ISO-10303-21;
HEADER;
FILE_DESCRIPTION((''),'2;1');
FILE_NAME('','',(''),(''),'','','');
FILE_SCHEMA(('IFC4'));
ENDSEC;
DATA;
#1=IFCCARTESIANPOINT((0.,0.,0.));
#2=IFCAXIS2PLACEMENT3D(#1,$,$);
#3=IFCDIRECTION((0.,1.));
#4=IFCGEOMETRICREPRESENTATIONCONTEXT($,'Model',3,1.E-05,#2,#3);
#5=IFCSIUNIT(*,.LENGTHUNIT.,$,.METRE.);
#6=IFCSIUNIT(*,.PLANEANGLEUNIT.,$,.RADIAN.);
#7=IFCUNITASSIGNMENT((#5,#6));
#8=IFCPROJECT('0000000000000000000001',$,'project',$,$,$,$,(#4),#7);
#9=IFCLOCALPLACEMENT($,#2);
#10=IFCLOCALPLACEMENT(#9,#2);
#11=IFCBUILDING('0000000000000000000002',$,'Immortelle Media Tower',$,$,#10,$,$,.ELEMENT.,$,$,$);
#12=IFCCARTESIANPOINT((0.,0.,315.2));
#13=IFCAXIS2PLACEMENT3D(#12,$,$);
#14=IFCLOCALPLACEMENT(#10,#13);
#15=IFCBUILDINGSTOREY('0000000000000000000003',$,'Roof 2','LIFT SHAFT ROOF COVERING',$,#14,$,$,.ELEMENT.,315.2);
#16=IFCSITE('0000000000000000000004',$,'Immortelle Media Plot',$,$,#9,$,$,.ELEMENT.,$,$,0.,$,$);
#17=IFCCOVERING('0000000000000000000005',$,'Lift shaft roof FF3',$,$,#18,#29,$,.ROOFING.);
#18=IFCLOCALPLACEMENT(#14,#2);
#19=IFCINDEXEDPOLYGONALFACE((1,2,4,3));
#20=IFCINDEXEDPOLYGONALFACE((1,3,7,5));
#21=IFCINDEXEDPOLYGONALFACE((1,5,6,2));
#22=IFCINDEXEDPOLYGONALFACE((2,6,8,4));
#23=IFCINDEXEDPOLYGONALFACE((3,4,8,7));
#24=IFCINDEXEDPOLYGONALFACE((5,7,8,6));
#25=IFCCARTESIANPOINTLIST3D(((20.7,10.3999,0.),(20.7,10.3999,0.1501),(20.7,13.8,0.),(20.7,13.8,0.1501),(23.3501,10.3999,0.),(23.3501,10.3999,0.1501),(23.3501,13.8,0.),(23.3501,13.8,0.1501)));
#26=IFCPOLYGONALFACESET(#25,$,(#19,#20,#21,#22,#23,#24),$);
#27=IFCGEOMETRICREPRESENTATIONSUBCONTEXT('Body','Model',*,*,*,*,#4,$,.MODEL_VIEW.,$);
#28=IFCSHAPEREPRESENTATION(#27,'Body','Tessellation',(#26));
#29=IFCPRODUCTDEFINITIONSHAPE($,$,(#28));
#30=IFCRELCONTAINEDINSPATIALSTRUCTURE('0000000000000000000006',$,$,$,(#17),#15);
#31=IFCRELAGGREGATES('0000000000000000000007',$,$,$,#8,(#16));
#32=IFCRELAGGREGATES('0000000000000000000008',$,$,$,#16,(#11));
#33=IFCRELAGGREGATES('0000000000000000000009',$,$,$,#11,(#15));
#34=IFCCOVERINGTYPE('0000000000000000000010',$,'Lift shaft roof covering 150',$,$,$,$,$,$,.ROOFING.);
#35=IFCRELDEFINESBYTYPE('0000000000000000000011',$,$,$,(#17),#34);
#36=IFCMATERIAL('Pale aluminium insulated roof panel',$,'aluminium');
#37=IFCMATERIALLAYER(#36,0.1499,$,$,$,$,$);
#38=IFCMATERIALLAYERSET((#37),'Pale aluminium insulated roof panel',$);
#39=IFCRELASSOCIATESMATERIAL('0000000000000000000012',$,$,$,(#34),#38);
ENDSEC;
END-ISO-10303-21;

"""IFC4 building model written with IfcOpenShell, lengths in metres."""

from ifc_helpers import new_model, si_unit, direction, frame, origin, place, context, subcontext, project, spatial, polyline, outline, extrude, material, layer, layer_set, type_object, element, save


model = new_model("IFC4")

# Units and contexts
model_context = context("Model", 3, precision=1e-05, world=origin(), true_north=direction((0.0, 1.0)))
body_context = subcontext(model_context, "Body", "Model", "MODEL_VIEW")
ifc_project = project(units=[si_unit("LENGTHUNIT", "METRE"), si_unit("PLANEANGLEUNIT", "RADIAN")], contexts=[model_context])

# Site, building, storey
site_placement = place(None, origin())
site = spatial("IfcSite", under=ifc_project, at=site_placement, Name="Immortelle Media Plot", CompositionType="ELEMENT", RefElevation=0.0)
building_placement = place(site_placement, origin())
building = spatial("IfcBuilding", under=site, at=building_placement, Name="Immortelle Media Tower", CompositionType="ELEMENT")
storey_placement = place(building_placement, frame((0.0, 0.0, 315.2)))
storey = spatial("IfcBuildingStorey", under=building, at=storey_placement, Name="Roof 2", Description="LIFT SHAFT ROOF COVERING", CompositionType="ELEMENT", Elevation=315.2)

# Covering
ifc_material = material(Name="Pale aluminium insulated roof panel", Category="aluminium")
ifc_layer = layer(ifc_material, 0.1499)
ifc_layer_set = layer_set([ifc_layer], Name="Pale aluminium insulated roof panel")
covering_type = type_object("IfcCoveringType", Name="Lift shaft roof covering 150", PredefinedType="ROOFING", material=ifc_layer_set)
covering_placement = place(storey_placement, origin())
element("IfcCovering", 1, at=covering_placement, inside=storey, type_object=covering_type, Name="Lift shaft roof FF3", PredefinedType="ROOFING", context=body_context, shape_type="SweptSolid", body=[
    extrude(outline(polyline([(20.7, 10.3999), (23.3501, 10.3999), (23.3501, 13.8), (20.7, 13.8), (20.7, 10.3999)])), origin(), (0.0, 0.0, 1.0), 0.1501),
])

save(model, "model.ifc")
